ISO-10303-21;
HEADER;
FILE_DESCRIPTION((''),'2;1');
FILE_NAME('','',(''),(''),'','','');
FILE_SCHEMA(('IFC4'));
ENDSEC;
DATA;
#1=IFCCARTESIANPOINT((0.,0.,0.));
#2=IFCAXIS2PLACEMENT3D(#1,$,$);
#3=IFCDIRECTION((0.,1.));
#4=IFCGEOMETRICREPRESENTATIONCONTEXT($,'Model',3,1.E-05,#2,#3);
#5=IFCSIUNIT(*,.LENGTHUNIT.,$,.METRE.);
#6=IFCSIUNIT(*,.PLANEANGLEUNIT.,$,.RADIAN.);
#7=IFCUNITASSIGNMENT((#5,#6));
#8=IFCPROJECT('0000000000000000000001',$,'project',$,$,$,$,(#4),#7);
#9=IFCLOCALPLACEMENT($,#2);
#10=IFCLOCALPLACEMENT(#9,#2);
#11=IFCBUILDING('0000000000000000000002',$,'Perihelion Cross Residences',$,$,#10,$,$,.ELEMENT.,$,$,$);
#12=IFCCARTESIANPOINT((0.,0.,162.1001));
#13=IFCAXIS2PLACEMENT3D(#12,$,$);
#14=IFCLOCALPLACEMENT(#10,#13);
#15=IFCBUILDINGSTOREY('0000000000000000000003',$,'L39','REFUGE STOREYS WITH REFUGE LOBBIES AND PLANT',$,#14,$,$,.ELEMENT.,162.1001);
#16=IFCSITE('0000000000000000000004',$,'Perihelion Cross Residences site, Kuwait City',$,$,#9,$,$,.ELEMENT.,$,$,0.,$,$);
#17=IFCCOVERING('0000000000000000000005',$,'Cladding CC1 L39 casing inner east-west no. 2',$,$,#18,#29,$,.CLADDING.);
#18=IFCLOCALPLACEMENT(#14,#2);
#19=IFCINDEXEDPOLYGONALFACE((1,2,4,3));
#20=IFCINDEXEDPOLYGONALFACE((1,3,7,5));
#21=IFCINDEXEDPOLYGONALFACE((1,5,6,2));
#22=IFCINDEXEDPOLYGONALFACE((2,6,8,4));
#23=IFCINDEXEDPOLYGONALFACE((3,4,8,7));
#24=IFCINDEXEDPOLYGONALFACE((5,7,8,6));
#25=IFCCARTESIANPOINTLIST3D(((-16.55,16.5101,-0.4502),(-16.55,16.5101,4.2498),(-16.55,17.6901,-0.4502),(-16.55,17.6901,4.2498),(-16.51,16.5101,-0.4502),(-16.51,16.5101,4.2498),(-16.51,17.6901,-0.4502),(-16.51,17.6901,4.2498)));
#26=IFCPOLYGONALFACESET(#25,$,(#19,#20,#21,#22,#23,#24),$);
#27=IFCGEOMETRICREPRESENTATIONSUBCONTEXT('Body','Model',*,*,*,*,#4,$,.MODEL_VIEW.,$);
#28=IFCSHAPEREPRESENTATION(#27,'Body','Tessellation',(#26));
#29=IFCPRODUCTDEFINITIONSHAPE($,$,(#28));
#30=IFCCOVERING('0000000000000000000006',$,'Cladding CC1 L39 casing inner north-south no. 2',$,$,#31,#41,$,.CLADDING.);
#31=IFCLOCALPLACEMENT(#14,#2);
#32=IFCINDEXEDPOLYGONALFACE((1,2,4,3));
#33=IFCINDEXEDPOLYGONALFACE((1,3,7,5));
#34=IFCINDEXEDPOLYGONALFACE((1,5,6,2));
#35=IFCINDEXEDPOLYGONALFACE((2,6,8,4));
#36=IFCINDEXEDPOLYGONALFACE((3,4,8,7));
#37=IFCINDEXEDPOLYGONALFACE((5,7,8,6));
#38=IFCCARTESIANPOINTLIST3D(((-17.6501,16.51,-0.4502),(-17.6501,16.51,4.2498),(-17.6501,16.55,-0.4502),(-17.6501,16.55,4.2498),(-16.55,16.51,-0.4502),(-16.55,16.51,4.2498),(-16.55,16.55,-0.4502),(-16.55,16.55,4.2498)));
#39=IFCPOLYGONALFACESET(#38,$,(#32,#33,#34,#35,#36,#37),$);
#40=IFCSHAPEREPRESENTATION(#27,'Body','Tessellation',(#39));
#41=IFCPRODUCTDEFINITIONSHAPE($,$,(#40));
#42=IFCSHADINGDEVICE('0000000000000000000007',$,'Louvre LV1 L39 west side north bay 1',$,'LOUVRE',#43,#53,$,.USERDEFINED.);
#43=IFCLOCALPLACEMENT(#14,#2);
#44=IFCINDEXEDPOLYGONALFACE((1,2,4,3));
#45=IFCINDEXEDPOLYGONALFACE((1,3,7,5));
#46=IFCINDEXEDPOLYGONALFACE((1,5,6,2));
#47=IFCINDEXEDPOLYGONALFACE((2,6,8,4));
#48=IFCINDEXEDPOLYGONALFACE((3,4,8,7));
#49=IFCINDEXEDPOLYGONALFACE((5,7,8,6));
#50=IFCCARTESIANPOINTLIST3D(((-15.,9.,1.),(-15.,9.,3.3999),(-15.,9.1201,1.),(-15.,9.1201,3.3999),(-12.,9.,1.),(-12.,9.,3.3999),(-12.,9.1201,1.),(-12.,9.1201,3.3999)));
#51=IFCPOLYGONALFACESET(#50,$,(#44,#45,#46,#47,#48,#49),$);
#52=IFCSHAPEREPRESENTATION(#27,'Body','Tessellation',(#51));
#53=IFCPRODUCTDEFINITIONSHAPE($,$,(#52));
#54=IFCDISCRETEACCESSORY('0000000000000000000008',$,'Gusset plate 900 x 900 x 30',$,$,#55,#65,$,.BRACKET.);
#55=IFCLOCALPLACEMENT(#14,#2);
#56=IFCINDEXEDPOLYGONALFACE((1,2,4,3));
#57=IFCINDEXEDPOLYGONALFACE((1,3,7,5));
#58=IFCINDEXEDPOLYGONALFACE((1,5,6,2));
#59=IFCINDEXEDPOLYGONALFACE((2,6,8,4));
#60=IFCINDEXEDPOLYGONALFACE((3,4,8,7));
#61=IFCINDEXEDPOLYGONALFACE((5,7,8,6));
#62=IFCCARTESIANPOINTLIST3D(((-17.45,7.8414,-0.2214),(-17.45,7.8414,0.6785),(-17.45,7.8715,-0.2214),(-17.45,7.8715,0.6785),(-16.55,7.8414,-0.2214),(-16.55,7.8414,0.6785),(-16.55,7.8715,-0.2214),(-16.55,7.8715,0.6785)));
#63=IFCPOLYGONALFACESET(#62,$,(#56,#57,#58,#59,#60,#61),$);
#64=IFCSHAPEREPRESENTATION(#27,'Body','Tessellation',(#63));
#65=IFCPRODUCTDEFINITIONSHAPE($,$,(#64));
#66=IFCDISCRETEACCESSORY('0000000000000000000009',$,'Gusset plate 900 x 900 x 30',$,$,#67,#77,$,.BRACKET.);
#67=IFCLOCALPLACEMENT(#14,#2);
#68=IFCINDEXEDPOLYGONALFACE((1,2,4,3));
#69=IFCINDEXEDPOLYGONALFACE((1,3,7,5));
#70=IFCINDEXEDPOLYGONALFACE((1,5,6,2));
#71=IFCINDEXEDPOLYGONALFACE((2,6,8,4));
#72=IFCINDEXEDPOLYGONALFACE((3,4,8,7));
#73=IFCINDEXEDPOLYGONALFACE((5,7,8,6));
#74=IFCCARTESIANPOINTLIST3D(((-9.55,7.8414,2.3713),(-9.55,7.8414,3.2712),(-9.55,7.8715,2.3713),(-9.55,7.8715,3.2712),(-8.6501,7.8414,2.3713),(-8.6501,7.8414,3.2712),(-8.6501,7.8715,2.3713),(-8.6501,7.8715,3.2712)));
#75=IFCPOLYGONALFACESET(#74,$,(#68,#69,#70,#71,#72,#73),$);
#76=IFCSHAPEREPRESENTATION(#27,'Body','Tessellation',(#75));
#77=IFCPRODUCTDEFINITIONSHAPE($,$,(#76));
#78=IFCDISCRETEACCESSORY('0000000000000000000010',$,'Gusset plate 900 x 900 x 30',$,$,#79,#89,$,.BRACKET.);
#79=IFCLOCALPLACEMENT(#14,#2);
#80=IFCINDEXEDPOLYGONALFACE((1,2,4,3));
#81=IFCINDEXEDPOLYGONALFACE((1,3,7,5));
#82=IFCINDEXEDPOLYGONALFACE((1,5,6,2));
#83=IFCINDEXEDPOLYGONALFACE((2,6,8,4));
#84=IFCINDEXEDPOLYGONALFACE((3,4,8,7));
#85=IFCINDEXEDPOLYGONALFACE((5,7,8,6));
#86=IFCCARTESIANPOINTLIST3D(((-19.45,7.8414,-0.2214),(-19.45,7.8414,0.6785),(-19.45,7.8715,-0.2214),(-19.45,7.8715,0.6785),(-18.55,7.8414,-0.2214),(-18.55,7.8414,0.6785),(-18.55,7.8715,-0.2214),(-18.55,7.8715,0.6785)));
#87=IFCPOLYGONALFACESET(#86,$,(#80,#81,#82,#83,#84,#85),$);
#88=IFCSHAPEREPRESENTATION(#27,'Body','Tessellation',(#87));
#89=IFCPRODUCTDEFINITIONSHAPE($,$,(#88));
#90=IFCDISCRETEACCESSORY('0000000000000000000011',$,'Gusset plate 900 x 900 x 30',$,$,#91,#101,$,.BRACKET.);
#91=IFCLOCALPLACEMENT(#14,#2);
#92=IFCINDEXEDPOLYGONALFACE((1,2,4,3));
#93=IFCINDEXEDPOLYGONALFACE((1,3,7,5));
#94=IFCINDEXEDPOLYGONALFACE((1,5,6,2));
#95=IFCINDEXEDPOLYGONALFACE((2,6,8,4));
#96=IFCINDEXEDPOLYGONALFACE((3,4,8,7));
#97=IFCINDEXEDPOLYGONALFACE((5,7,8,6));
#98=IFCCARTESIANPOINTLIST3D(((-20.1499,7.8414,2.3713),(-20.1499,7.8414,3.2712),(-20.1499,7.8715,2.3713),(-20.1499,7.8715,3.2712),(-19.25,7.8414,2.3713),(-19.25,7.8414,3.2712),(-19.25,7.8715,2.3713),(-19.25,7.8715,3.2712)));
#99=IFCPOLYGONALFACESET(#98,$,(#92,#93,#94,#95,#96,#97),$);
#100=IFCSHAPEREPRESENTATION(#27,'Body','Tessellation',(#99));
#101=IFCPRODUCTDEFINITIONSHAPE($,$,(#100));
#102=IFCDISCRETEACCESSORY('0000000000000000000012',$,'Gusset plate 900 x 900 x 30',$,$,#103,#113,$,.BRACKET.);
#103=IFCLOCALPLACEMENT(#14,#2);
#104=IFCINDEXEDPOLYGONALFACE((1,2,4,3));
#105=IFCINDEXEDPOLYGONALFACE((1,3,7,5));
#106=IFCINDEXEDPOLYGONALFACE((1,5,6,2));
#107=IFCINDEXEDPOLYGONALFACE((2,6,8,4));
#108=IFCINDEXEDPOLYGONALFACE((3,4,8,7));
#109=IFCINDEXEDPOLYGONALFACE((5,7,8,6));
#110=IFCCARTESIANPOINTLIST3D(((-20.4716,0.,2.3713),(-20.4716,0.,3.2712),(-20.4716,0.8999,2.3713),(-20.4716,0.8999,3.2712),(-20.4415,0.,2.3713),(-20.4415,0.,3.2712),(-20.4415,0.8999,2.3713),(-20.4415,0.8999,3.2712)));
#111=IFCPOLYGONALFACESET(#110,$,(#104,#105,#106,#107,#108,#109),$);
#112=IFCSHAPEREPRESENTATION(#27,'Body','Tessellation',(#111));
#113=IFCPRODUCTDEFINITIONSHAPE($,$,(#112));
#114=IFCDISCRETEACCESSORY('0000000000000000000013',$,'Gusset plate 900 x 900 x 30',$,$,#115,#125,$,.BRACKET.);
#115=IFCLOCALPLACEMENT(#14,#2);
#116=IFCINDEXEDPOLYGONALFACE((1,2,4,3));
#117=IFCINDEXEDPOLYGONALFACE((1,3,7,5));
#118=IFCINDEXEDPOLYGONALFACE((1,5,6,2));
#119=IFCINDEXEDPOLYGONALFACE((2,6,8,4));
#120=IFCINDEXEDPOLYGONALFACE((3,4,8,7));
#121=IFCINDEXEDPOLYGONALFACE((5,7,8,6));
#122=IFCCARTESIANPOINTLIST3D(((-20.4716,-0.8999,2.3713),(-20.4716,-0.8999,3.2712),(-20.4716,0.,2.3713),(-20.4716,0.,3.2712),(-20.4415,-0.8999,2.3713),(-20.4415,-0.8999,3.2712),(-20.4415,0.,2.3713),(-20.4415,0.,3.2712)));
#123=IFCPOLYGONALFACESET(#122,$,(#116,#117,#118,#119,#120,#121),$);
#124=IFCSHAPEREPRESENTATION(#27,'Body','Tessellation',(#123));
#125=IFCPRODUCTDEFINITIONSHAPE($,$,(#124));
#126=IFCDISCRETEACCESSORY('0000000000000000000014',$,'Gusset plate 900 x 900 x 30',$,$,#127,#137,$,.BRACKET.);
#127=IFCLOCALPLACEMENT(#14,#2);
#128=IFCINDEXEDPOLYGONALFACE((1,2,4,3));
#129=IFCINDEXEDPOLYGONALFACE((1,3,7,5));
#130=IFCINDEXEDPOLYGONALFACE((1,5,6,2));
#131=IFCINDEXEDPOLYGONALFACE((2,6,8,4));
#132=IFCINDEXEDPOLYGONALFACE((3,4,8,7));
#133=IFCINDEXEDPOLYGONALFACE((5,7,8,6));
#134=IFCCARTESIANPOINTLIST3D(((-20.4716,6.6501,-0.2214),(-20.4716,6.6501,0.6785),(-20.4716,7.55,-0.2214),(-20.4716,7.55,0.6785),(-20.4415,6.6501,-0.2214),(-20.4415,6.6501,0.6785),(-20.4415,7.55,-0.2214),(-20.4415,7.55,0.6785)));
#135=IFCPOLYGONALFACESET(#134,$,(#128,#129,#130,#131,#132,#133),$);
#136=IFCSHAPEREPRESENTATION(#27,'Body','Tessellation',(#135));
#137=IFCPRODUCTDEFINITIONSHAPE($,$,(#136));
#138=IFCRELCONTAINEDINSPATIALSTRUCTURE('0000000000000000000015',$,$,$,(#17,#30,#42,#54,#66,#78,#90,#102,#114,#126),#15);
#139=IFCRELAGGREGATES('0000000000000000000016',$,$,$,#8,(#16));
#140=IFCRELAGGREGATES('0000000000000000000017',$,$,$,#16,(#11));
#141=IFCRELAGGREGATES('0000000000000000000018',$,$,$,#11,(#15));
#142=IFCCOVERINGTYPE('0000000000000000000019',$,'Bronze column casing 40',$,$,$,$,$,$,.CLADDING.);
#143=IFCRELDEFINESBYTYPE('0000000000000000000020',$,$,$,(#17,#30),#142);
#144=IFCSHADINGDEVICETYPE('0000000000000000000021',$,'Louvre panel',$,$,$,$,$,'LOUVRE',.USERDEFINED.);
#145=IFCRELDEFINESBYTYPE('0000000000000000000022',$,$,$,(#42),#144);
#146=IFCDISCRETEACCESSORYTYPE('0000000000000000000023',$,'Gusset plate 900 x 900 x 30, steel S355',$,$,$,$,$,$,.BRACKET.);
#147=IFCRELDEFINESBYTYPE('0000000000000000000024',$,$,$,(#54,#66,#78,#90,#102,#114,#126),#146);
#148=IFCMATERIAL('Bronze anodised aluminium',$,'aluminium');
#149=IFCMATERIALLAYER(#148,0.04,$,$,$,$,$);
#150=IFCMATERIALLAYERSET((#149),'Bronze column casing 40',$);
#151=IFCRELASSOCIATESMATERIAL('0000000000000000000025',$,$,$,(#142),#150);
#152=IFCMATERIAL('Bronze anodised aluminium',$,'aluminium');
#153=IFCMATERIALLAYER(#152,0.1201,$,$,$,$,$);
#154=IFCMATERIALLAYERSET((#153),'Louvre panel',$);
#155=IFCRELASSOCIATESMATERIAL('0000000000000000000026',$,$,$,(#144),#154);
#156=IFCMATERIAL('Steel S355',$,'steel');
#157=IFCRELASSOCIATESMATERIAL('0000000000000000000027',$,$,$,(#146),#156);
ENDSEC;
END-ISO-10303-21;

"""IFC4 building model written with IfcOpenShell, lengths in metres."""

from ifc_helpers import new_model, si_unit, direction, frame, origin, origin_2d, place, context, subcontext, project, spatial, rectangle, extrude, material, layer, layer_set, type_object, element, save


model = new_model("IFC4")

# Units and contexts
model_context = context("Model", 3, precision=1e-05, world=origin(), true_north=direction((0.0, 1.0)))
body_context = subcontext(model_context, "Body", "Model", "MODEL_VIEW")
ifc_project = project(units=[si_unit("LENGTHUNIT", "METRE"), si_unit("PLANEANGLEUNIT", "RADIAN")], contexts=[model_context])

# Site, building, storey
site_placement = place(None, origin())
site = spatial("IfcSite", under=ifc_project, at=site_placement, Name="Perihelion Cross Residences site, Kuwait City", CompositionType="ELEMENT", RefElevation=0.0)
building_placement = place(site_placement, origin())
building = spatial("IfcBuilding", under=site, at=building_placement, Name="Perihelion Cross Residences", CompositionType="ELEMENT")
storey_placement = place(building_placement, frame((0.0, 0.0, 162.1001)))
storey = spatial("IfcBuildingStorey", under=building, at=storey_placement, Name="L39", Description="REFUGE STOREYS WITH REFUGE LOBBIES AND PLANT", CompositionType="ELEMENT", Elevation=162.1001)

# Coverings
ifc_material_1 = material(Name="Bronze anodised aluminium", Category="aluminium")
ifc_layer_1 = layer(ifc_material_1, 0.04)
ifc_layer_set_1 = layer_set([ifc_layer_1], Name="Bronze column casing 40")
covering_type = type_object("IfcCoveringType", Name="Bronze column casing 40", PredefinedType="CLADDING", material=ifc_layer_set_1)
covering_1_placement = place(storey_placement, frame((-16.53, 17.1001, -0.4502), z_axis=(0.0, 0.0, 1.0), x_axis=(1.0, 0.0, 0.0)))
element("IfcCovering", 1, at=covering_1_placement, inside=storey, type_object=covering_type, Name="Cladding CC1 L39 casing inner east-west no. 2", PredefinedType="CLADDING", context=body_context, shape_type="SweptSolid", body=[
    extrude(rectangle(XDim=0.04, YDim=1.1799, at=origin_2d()), origin(), (0.0, 0.0, 1.0), 4.7),
])
covering_2_placement = place(storey_placement, frame((-17.1001, 16.53, -0.4502), z_axis=(0.0, 0.0, 1.0), x_axis=(1.0, 0.0, 0.0)))
element("IfcCovering", 2, at=covering_2_placement, inside=storey, type_object=covering_type, Name="Cladding CC1 L39 casing inner north-south no. 2", PredefinedType="CLADDING", context=body_context, shape_type="SweptSolid", body=[
    extrude(rectangle(XDim=1.1001, YDim=0.04, at=origin_2d()), origin(), (0.0, 0.0, 1.0), 4.7),
])

# Shading device
ifc_material_2 = material(Name="Bronze anodised aluminium", Category="aluminium")
ifc_layer_2 = layer(ifc_material_2, 0.1201)
ifc_layer_set_2 = layer_set([ifc_layer_2], Name="Louvre panel")
shading_device_type = type_object("IfcShadingDeviceType", Name="Louvre panel", ElementType="LOUVRE", PredefinedType="USERDEFINED", material=ifc_layer_set_2)
shading_device_placement = place(storey_placement, frame((-13.5, 9.0601, 1.0), z_axis=(0.0, 0.0, 1.0), x_axis=(-1.0, 0.0, 0.0)))
element("IfcShadingDevice", 3, at=shading_device_placement, inside=storey, type_object=shading_device_type, Name="Louvre LV1 L39 west side north bay 1", ObjectType="LOUVRE", PredefinedType="USERDEFINED", context=body_context, shape_type="SweptSolid", body=[
    extrude(rectangle(XDim=3.0, YDim=0.1201, at=origin_2d()), origin(), (0.0, 0.0, 1.0), 2.3999),
])

# Discrete accessories
ifc_material_3 = material(Name="Steel S355", Category="steel")
discrete_accessory_type = type_object("IfcDiscreteAccessoryType", Name="Gusset plate 900 x 900 x 30, steel S355", PredefinedType="BRACKET", material=ifc_material_3)
for number, where, z_axis, x_axis, name in (
    (4, (-17.0, 7.8564, -0.2214), (0.0, 0.0, 1.0), (1.0, 0.0, 0.0), "Gusset plate 900 x 900 x 30"),
    (5, (-9.1001, 7.8564, 2.3713), (0.0, 0.0, 1.0), (-1.0, 0.0, 0.0), "Gusset plate 900 x 900 x 30"),
    (6, (-19.0, 7.8564, -0.2214), (0.0, 0.0, 1.0), (-1.0, 0.0, 0.0), "Gusset plate 900 x 900 x 30"),
    (7, (-19.7, 7.8564, 2.3713), (0.0, 0.0, 1.0), (1.0, 0.0, 0.0), "Gusset plate 900 x 900 x 30"),
    (8, (-20.4565, 0.45, 2.3713), (0.0, 0.0, 1.0), (0.0, 1.0, 0.0), "Gusset plate 900 x 900 x 30"),
    (9, (-20.4565, -0.45, 2.3713), (0.0, 0.0, 1.0), (0.0, -1.0, 0.0), "Gusset plate 900 x 900 x 30"),
    (10, (-20.4565, 7.1001, -0.2214), (0.0, 0.0, 1.0), (0.0, -1.0, 0.0), "Gusset plate 900 x 900 x 30"),
):
    element("IfcDiscreteAccessory", number, at=place(storey_placement, frame(where, z_axis=z_axis, x_axis=x_axis)), inside=storey, type_object=discrete_accessory_type, Name=name, PredefinedType="BRACKET", context=body_context, shape_type="SweptSolid", body=[
        extrude(rectangle(XDim=0.8999, YDim=0.03, at=origin_2d()), origin(), (0.0, 0.0, 1.0), 0.8999),
    ])

save(model, "model.ifc")
